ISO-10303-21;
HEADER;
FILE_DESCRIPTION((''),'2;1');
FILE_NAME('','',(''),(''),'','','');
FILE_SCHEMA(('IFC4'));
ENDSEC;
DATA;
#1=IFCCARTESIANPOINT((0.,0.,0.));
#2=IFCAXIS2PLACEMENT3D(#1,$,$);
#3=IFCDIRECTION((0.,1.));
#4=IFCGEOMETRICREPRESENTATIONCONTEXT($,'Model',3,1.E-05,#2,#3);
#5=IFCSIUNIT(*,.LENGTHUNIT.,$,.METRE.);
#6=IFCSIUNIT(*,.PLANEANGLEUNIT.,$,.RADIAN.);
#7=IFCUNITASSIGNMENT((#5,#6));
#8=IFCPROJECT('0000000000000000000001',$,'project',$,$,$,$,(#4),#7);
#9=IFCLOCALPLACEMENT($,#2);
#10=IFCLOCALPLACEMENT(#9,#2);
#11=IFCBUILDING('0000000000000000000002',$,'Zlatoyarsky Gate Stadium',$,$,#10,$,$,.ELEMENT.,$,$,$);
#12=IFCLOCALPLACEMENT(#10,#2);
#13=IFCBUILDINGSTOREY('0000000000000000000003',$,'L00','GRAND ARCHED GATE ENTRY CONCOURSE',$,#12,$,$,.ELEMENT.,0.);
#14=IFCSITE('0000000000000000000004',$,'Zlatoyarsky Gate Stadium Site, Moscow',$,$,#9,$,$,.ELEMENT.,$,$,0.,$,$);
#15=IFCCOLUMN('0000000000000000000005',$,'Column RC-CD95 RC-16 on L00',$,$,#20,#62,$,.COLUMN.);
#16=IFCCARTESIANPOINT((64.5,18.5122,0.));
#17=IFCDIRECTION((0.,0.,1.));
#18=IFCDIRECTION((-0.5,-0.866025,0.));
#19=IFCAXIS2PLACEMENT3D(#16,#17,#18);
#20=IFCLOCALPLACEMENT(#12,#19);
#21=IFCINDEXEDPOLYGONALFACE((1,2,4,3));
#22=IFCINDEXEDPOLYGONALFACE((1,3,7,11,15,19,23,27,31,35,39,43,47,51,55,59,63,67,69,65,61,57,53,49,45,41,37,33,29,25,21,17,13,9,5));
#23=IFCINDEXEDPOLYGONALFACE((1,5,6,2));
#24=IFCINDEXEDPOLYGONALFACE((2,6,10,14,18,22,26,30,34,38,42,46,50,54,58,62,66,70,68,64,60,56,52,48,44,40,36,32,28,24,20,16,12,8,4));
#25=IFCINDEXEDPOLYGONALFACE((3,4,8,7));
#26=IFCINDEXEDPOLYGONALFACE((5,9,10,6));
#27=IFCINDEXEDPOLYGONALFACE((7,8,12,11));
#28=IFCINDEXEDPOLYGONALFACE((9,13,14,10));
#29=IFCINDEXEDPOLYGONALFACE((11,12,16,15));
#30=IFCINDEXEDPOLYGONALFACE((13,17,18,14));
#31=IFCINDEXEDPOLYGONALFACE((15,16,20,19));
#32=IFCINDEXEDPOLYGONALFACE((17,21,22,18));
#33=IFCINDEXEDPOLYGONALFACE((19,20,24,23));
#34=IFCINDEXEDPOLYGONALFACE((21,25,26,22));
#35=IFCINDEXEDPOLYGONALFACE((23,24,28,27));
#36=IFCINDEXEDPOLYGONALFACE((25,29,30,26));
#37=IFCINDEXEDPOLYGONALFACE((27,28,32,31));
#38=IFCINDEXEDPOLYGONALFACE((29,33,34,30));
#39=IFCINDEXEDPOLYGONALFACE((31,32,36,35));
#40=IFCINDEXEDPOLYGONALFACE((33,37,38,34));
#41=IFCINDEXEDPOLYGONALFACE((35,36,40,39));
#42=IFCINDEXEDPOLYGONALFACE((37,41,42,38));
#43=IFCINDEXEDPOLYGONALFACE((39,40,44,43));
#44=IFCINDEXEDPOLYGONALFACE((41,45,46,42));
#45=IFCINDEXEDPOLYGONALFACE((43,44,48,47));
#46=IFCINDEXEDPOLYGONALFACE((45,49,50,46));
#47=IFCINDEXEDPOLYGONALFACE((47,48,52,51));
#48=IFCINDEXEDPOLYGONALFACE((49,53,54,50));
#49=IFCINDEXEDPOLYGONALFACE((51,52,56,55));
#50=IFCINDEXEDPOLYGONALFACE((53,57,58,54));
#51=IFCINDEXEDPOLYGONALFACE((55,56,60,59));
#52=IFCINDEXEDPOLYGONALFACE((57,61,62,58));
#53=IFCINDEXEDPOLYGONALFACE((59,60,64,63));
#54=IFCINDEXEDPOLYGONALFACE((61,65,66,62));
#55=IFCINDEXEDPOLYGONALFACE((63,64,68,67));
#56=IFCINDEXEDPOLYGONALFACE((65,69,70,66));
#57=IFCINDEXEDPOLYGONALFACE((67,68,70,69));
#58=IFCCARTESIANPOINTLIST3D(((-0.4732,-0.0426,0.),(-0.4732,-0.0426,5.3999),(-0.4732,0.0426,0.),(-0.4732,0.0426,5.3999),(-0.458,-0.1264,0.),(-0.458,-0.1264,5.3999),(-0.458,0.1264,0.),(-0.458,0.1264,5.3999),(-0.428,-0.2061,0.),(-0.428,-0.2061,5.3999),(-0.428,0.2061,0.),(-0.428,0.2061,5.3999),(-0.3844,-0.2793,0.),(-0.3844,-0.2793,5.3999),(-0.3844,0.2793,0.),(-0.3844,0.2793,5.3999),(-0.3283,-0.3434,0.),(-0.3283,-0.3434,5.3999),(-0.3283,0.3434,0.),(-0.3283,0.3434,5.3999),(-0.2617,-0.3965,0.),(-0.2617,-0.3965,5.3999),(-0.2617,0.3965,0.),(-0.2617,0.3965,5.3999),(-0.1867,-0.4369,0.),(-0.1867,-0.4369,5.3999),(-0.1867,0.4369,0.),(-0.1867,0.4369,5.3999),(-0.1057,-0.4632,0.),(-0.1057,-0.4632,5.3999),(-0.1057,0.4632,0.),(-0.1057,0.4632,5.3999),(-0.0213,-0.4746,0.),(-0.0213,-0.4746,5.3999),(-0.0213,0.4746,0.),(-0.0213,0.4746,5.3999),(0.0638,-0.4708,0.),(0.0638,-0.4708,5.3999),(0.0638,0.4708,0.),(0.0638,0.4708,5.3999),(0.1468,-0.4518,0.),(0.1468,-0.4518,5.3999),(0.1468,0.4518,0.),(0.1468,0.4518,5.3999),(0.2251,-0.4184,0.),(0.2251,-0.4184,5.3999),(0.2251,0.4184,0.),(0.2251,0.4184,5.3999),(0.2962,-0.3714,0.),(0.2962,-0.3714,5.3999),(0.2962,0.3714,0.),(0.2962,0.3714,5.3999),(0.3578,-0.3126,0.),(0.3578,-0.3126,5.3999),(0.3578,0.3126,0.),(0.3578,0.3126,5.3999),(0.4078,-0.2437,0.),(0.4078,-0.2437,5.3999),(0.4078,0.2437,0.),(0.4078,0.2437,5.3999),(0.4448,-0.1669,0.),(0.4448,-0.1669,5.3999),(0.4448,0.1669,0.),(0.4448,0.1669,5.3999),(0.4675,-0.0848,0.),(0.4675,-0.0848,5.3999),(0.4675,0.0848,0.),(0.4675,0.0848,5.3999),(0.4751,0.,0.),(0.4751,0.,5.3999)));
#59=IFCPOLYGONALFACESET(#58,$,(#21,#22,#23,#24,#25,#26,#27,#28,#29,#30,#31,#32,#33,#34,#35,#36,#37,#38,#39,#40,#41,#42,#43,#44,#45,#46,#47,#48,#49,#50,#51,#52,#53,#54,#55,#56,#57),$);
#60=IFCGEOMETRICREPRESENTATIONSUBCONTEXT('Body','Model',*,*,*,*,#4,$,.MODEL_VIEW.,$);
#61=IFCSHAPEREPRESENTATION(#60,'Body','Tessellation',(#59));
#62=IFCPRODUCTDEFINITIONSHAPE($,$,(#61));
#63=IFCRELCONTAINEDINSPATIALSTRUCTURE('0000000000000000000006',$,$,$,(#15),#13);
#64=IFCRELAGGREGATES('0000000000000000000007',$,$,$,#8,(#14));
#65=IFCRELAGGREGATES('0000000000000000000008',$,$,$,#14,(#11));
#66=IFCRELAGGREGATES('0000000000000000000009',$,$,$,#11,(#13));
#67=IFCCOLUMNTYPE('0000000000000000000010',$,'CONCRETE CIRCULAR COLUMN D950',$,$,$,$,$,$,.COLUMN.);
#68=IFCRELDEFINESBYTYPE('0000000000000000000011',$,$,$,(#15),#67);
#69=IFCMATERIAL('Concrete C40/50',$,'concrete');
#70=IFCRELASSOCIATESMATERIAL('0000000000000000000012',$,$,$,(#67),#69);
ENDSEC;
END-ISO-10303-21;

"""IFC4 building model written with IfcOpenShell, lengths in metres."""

from ifc_helpers import new_model, si_unit, direction, frame, origin, origin_2d, place, context, subcontext, project, spatial, circle, extrude, material, material_profile, profile_set, type_object, element, save


model = new_model("IFC4")

# Units and contexts
model_context = context("Model", 3, precision=1e-05, world=origin(), true_north=direction((0.0, 1.0)))
body_context = subcontext(model_context, "Body", "Model", "MODEL_VIEW")
ifc_project = project(units=[si_unit("LENGTHUNIT", "METRE"), si_unit("PLANEANGLEUNIT", "RADIAN")], contexts=[model_context])

# Site, building, storey
site_placement = place(None, origin())
site = spatial("IfcSite", under=ifc_project, at=site_placement, Name="Zlatoyarsky Gate Stadium Site, Moscow", CompositionType="ELEMENT", RefElevation=0.0)
building_placement = place(site_placement, origin())
building = spatial("IfcBuilding", under=site, at=building_placement, Name="Zlatoyarsky Gate Stadium", CompositionType="ELEMENT")
storey_placement = place(building_placement, origin())
storey = spatial("IfcBuildingStorey", under=building, at=storey_placement, Name="L00", Description="GRAND ARCHED GATE ENTRY CONCOURSE", CompositionType="ELEMENT", Elevation=0.0)

# Column
ifc_material_1 = material(Name="Concrete C40/50", Category="concrete")
ifc_material_profile_1 = material_profile(ifc_material_1, circle(Radius=0.4751, at=origin_2d()), Name="RC COL D950")
ifc_profile_set_1 = profile_set([ifc_material_profile_1], Name="Concrete C40/50")
column_type = type_object("IfcColumnType", Name="CONCRETE CIRCULAR COLUMN D950", PredefinedType="COLUMN", material=ifc_profile_set_1)
column_placement = place(storey_placement, frame((64.5, 18.5122, 0.0), z_axis=(0.0, 0.0, 1.0), x_axis=(-0.5, -0.866025, 0.0)))
element("IfcColumn", 1, at=column_placement, inside=storey, type_object=column_type, Name="Column RC-CD95 RC-16 on L00", PredefinedType="COLUMN", context=body_context, shape_type="SweptSolid", body=[
    extrude(circle(Radius=0.4751, at=origin_2d()), origin(), (0.0, 0.0, 1.0), 5.3999),
])

save(model, "model.ifc")
